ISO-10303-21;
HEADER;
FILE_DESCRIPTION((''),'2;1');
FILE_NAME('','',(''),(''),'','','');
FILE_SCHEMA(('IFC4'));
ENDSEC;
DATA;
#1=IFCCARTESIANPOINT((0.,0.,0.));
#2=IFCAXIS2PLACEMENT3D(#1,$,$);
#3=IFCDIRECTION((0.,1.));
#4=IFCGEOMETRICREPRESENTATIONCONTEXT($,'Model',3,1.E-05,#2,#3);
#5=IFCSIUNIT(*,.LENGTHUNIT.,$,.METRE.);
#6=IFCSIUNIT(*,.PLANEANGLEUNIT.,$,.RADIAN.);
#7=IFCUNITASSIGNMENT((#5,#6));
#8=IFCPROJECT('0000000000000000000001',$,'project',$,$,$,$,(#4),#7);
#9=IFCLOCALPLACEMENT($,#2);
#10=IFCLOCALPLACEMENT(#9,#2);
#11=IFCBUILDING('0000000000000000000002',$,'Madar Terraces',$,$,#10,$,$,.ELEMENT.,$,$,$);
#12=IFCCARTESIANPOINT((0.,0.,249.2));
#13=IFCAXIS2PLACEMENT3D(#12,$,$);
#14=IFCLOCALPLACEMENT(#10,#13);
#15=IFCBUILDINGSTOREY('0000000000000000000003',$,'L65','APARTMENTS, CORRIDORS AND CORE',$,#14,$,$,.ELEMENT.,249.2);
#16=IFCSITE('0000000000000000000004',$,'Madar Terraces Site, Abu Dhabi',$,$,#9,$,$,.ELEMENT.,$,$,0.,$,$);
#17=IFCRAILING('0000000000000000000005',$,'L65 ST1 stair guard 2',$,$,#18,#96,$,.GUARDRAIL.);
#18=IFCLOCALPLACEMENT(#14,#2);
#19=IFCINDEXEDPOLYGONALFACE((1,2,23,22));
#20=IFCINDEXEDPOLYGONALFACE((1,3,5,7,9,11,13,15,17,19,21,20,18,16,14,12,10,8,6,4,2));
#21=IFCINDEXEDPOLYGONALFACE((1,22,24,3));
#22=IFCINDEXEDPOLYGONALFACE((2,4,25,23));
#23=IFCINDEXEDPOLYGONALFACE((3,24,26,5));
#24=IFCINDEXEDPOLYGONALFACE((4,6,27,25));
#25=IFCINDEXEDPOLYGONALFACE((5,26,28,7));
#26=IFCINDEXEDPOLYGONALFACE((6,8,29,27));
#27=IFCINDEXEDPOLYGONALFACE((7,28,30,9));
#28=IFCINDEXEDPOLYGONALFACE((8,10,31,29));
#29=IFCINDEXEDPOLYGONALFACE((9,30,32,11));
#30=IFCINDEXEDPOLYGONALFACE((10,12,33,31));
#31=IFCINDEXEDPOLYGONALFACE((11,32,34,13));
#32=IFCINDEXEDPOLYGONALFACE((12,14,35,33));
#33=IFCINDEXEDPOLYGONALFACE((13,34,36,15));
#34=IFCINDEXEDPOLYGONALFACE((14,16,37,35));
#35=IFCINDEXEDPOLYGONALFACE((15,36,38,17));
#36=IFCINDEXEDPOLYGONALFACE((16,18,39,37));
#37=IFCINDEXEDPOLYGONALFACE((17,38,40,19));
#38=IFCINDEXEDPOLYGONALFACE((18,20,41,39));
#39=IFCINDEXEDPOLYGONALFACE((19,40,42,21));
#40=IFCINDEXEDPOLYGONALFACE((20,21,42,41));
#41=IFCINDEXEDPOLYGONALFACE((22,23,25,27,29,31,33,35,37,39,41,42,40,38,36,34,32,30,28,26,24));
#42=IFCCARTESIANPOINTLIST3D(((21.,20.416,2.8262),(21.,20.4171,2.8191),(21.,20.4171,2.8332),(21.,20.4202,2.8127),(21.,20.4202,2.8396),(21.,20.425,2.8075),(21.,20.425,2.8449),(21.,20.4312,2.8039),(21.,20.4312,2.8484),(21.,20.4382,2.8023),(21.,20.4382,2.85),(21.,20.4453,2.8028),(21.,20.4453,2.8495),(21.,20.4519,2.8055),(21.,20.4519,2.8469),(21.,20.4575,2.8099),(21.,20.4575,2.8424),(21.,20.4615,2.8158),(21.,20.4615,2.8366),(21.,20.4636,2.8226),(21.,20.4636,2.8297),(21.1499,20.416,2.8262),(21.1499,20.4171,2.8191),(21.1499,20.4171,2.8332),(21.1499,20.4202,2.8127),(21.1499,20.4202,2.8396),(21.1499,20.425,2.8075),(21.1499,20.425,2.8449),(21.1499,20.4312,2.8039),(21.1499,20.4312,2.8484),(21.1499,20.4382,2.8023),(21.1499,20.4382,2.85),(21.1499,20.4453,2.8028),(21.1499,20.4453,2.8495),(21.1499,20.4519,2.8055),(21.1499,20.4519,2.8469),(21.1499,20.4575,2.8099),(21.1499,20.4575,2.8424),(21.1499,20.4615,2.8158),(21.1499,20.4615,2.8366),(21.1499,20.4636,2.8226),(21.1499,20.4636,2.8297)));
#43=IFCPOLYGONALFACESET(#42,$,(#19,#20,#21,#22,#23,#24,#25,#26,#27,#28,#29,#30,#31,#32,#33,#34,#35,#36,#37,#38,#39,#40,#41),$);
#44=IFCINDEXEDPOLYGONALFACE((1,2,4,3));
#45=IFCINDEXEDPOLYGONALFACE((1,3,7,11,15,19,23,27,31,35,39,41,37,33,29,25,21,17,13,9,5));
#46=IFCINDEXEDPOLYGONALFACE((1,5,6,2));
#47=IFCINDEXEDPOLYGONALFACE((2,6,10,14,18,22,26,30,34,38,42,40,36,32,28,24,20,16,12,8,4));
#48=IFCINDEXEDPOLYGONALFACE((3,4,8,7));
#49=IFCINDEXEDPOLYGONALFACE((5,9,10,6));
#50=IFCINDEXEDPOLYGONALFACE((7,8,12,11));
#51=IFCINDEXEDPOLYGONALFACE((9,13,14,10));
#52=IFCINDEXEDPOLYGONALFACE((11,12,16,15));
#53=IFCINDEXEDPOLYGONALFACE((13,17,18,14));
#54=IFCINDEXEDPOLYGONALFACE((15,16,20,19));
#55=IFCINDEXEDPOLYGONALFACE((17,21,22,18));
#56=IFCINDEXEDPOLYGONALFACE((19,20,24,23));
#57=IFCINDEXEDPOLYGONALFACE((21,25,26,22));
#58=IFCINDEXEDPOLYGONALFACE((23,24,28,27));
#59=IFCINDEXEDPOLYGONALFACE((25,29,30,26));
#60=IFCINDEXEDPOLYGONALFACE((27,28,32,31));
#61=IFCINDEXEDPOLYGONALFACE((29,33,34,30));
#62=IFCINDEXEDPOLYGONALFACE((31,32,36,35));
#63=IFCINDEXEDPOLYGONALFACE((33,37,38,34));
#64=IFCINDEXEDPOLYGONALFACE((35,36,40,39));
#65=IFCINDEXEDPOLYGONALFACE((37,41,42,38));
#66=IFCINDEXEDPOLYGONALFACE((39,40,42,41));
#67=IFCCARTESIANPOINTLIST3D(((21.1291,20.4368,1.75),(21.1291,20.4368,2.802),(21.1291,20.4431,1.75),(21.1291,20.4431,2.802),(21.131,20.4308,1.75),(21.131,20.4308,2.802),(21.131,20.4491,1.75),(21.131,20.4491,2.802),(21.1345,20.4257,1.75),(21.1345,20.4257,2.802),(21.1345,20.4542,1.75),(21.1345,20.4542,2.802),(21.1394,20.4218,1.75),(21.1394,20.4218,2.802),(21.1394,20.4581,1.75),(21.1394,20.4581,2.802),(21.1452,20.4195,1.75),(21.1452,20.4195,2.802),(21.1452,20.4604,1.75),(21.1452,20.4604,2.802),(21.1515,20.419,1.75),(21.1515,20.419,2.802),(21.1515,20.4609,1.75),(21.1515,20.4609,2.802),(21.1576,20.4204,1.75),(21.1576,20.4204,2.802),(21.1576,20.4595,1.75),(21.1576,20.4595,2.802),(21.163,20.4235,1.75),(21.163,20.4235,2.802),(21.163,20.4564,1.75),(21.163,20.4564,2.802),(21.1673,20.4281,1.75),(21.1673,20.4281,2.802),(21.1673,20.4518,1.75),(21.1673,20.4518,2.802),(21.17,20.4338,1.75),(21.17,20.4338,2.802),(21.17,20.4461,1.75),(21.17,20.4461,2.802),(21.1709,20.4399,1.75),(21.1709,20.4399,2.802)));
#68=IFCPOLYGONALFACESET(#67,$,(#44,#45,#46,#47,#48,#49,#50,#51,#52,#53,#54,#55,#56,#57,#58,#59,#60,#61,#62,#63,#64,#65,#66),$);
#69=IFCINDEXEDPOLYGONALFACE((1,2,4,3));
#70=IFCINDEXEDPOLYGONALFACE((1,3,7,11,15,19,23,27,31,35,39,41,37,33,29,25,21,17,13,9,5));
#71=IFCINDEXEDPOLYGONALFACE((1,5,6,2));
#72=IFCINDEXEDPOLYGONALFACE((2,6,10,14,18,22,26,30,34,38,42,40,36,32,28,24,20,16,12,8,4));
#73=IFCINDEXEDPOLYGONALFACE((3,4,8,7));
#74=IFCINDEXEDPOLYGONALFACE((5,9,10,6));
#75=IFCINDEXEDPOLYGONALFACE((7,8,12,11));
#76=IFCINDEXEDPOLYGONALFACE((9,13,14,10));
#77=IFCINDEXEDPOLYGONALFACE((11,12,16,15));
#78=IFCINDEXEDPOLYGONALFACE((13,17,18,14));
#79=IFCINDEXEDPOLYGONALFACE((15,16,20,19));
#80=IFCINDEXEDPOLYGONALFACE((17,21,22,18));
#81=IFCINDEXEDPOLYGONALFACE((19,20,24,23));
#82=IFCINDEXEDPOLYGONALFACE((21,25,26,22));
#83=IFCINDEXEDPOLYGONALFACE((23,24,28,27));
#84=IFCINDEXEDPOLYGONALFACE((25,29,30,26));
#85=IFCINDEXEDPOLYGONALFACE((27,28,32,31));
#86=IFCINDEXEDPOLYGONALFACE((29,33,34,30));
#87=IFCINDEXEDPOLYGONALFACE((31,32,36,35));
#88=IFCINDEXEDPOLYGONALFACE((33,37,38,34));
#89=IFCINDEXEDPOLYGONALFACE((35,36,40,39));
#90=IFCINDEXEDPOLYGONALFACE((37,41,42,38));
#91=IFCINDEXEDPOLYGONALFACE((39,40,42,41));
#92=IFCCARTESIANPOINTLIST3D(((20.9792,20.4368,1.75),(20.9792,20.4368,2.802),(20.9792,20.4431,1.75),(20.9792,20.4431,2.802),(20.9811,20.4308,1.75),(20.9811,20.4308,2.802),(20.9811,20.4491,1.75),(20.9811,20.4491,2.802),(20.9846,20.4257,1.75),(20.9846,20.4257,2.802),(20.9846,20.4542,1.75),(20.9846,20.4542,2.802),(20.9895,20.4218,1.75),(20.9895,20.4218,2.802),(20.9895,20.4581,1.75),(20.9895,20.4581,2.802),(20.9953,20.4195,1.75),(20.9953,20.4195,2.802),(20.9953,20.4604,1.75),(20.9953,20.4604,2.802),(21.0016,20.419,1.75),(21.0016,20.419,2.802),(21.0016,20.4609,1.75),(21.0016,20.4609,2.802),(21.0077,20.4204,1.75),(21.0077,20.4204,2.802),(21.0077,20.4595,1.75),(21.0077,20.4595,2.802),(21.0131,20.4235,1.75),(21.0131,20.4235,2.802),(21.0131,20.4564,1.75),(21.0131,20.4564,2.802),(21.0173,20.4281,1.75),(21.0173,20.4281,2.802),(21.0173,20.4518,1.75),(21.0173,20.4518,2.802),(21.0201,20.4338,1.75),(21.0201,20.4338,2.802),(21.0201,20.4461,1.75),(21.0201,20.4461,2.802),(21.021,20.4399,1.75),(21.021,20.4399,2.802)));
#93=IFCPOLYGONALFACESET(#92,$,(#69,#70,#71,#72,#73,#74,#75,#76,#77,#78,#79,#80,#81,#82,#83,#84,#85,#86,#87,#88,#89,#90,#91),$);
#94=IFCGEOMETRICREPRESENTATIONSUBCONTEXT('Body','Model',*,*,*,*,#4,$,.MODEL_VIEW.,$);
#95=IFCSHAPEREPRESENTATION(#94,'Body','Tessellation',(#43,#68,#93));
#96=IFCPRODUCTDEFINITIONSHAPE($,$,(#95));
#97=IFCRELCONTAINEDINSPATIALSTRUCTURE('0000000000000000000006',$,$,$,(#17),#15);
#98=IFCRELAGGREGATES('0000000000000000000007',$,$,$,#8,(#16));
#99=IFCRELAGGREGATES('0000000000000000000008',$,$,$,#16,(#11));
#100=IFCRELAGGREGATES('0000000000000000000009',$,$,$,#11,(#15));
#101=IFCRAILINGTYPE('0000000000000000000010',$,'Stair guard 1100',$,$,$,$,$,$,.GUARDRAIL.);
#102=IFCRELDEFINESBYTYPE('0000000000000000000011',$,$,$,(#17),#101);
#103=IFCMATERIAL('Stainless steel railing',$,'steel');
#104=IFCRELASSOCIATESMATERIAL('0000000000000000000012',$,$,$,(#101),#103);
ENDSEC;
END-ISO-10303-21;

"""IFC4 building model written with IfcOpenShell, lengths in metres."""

from ifc_helpers import new_model, si_unit, direction, frame, origin, origin_2d, place, context, subcontext, project, spatial, circle, extrude, material, type_object, element, save


model = new_model("IFC4")

# Units and contexts
model_context = context("Model", 3, precision=1e-05, world=origin(), true_north=direction((0.0, 1.0)))
body_context = subcontext(model_context, "Body", "Model", "MODEL_VIEW")
ifc_project = project(units=[si_unit("LENGTHUNIT", "METRE"), si_unit("PLANEANGLEUNIT", "RADIAN")], contexts=[model_context])

# Site, building, storey
site_placement = place(None, origin())
site = spatial("IfcSite", under=ifc_project, at=site_placement, Name="Madar Terraces Site, Abu Dhabi", CompositionType="ELEMENT", RefElevation=0.0)
building_placement = place(site_placement, origin())
building = spatial("IfcBuilding", under=site, at=building_placement, Name="Madar Terraces", CompositionType="ELEMENT")
storey_placement = place(building_placement, frame((0.0, 0.0, 249.2)))
storey = spatial("IfcBuildingStorey", under=building, at=storey_placement, Name="L65", Description="APARTMENTS, CORRIDORS AND CORE", CompositionType="ELEMENT", Elevation=249.2)

# Railing
ifc_material_1 = material(Name="Stainless steel railing", Category="steel")
railing_type_1 = type_object("IfcRailingType", Name="Stair guard 1100", PredefinedType="GUARDRAIL", material=ifc_material_1)
railing_1_placement = place(storey_placement, frame((21.1499, 20.4399, 1.75)))
element("IfcRailing", 1, at=railing_1_placement, inside=storey, type_object=railing_type_1, Name="L65 ST1 stair guard 2", PredefinedType="GUARDRAIL", context=body_context, shape_type="SweptSolid", body=[
    extrude(circle(Radius=0.0239, at=origin_2d()), frame((0.0, 0.0, 1.0762), z_axis=(-1.0, 0.0, 0.0), x_axis=(0.0, -1.0, 0.0)), (0.0, 0.0, 1.0), 0.1499),
    extrude(circle(Radius=0.021, at=origin_2d()), origin(), (0.0, 0.0, 1.0), 1.052),
    extrude(circle(Radius=0.021, at=origin_2d()), frame((-0.1499, 0.0, 0.0)), (0.0, 0.0, 1.0), 1.052),
])

save(model, "model.ifc")
